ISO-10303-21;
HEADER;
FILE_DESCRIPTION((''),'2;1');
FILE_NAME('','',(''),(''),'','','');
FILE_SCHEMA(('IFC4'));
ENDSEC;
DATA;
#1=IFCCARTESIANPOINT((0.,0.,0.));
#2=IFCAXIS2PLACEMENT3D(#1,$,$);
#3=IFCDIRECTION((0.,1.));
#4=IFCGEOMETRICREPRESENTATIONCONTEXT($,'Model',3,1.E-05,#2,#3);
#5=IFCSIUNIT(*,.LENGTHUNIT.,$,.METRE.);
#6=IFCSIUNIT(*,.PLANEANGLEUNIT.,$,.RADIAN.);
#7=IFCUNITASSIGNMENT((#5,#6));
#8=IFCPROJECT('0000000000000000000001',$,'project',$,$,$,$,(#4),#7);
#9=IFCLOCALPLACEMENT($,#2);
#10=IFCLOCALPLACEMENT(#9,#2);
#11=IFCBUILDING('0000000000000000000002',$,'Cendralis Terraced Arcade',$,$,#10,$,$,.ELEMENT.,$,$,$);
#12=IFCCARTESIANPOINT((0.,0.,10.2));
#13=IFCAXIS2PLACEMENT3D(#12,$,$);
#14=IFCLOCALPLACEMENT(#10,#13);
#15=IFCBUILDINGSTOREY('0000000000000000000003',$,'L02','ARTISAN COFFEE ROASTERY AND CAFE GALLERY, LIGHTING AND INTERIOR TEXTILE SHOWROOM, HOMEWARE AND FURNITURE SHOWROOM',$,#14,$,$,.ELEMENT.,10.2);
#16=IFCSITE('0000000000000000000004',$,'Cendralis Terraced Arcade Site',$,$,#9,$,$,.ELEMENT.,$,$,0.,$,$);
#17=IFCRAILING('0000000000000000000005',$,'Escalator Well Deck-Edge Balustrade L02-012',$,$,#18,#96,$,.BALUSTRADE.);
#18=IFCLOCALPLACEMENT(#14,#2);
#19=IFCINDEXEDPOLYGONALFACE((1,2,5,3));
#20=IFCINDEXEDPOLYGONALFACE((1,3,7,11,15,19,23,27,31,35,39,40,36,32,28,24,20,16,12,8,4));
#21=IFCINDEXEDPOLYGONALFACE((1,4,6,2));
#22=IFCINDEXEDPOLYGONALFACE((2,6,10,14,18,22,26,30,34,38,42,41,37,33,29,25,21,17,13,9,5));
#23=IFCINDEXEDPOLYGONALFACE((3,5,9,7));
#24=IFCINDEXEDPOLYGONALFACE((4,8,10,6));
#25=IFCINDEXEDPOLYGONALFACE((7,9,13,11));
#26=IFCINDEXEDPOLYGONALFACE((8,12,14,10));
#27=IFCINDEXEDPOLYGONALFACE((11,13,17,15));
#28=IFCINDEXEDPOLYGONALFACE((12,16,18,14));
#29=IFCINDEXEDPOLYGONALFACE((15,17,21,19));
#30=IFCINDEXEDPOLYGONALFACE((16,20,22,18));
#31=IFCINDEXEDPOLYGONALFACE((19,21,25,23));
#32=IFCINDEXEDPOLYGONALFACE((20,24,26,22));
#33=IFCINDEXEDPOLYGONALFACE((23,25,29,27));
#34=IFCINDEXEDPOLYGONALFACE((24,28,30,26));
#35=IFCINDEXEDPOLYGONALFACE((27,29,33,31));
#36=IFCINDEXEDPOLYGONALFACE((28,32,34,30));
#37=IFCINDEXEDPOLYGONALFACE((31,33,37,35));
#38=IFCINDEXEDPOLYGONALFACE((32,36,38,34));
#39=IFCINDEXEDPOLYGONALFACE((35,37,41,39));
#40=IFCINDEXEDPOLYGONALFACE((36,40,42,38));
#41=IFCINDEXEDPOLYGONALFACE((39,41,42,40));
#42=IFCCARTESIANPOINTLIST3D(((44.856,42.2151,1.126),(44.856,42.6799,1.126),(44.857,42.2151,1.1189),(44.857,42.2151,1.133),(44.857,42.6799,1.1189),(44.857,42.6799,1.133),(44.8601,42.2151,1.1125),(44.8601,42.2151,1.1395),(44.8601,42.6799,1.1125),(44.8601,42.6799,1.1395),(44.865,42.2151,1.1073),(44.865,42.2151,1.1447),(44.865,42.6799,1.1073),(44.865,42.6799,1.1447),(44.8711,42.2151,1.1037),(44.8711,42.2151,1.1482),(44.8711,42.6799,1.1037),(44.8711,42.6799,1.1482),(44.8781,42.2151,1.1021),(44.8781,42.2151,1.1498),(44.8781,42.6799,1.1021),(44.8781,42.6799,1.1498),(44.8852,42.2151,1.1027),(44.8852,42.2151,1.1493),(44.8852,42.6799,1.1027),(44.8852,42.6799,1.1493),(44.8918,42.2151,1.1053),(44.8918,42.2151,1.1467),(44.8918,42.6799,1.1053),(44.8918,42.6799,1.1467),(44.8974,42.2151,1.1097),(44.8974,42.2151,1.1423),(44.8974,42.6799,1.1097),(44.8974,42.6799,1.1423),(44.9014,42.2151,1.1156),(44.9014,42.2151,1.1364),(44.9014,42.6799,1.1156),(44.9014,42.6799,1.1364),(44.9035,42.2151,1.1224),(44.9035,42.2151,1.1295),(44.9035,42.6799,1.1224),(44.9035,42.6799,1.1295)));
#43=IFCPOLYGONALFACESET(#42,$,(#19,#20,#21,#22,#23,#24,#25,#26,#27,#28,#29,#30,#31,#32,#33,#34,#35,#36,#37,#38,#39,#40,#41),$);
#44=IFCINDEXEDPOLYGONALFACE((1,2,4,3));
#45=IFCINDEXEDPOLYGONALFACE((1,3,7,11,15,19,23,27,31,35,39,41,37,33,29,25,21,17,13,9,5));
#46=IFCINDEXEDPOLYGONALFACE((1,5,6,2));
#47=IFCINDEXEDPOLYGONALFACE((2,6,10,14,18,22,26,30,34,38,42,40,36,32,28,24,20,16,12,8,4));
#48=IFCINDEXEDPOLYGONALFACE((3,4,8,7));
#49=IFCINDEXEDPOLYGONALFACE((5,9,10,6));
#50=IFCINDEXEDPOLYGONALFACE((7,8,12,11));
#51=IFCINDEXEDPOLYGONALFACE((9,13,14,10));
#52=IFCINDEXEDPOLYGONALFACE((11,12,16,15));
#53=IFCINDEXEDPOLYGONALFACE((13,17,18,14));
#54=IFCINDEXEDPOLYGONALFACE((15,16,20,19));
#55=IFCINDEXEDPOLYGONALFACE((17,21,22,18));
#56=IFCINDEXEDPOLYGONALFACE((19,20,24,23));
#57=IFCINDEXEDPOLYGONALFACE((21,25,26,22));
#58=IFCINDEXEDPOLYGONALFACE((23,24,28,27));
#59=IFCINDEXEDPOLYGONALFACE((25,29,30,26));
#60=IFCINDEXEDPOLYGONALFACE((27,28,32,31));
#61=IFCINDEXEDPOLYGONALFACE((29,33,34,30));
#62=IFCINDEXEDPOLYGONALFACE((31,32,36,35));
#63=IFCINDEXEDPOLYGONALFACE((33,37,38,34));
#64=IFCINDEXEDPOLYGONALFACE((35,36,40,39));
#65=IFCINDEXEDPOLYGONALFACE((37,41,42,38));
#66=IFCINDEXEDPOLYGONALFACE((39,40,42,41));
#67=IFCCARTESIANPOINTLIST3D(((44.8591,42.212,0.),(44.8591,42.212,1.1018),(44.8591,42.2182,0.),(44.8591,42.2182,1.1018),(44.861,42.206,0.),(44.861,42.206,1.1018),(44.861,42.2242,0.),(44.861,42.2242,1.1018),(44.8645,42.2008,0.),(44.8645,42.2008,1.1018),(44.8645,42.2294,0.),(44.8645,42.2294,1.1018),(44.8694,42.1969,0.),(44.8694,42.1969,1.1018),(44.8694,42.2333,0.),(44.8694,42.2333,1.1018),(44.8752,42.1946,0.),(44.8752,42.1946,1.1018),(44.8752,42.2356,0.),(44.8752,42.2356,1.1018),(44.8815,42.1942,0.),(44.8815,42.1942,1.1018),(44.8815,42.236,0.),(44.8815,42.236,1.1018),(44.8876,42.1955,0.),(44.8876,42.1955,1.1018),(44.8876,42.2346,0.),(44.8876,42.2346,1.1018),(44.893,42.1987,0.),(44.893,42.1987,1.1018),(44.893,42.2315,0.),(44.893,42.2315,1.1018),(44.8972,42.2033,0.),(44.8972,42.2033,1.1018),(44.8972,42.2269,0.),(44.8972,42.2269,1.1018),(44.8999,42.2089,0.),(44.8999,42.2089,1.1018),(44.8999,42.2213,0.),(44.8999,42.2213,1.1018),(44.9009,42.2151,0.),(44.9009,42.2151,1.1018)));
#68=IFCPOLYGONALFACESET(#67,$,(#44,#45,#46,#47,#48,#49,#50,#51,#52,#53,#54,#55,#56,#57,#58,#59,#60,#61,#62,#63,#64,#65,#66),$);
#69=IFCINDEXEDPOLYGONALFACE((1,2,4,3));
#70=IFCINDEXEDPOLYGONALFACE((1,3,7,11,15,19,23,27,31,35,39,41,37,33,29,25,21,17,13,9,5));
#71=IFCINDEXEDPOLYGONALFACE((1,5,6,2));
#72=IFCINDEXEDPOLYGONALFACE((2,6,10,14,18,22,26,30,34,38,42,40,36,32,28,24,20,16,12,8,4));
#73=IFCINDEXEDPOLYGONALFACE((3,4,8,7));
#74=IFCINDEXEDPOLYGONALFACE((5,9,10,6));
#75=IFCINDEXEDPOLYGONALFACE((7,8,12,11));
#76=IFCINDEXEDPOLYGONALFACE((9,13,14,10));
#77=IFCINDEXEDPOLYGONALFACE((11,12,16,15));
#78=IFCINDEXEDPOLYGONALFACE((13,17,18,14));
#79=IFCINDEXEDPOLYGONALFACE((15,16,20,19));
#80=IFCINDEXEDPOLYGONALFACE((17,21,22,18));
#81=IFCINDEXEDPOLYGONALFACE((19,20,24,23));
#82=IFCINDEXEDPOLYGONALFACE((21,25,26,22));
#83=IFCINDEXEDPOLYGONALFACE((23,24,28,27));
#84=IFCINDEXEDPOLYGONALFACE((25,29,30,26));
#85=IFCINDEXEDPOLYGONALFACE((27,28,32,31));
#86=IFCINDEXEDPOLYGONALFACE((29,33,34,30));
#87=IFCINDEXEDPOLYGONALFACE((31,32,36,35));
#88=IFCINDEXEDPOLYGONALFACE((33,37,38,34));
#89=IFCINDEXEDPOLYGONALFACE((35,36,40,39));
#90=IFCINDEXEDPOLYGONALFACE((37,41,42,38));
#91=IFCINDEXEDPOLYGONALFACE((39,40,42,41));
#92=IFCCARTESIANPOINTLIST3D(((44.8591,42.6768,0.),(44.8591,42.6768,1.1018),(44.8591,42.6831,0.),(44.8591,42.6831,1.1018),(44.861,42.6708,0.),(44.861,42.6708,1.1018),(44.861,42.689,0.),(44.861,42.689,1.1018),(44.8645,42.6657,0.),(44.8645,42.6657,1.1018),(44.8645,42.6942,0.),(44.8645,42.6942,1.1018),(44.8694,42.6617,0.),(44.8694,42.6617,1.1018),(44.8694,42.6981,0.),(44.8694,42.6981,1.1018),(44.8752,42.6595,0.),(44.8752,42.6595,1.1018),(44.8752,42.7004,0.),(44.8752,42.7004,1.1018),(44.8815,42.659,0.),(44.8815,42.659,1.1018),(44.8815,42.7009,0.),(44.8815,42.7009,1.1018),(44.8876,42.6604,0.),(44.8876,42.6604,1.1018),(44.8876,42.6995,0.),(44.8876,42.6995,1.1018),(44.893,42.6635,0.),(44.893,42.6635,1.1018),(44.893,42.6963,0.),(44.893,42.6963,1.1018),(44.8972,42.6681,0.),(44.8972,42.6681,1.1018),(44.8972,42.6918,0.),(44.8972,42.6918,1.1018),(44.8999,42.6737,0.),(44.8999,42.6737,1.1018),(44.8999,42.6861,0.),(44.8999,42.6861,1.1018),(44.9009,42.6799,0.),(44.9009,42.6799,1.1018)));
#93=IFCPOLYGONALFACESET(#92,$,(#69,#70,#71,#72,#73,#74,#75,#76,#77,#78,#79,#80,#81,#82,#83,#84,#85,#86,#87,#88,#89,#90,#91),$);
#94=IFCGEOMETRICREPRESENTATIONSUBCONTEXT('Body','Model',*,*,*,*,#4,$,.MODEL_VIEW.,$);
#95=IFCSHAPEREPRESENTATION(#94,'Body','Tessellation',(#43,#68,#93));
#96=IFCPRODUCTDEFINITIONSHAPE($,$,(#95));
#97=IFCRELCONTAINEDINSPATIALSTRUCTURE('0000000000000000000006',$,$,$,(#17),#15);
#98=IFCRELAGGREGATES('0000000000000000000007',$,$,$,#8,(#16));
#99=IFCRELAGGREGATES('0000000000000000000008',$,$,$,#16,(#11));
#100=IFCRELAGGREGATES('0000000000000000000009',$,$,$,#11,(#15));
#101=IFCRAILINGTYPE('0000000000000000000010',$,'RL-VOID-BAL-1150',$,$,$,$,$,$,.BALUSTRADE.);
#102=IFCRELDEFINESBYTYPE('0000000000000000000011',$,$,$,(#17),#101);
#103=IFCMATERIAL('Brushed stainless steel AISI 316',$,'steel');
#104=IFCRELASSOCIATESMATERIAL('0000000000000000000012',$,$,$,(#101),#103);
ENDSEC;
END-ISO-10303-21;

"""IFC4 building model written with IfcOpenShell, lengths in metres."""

from ifc_helpers import new_model, si_unit, direction, frame, origin, origin_2d, place, context, subcontext, project, spatial, circle, extrude, material, type_object, element, save


model = new_model("IFC4")

# Units and contexts
model_context = context("Model", 3, precision=1e-05, world=origin(), true_north=direction((0.0, 1.0)))
body_context = subcontext(model_context, "Body", "Model", "MODEL_VIEW")
ifc_project = project(units=[si_unit("LENGTHUNIT", "METRE"), si_unit("PLANEANGLEUNIT", "RADIAN")], contexts=[model_context])

# Site, building, storey
site_placement = place(None, origin())
site = spatial("IfcSite", under=ifc_project, at=site_placement, Name="Cendralis Terraced Arcade Site", CompositionType="ELEMENT", RefElevation=0.0)
building_placement = place(site_placement, origin())
building = spatial("IfcBuilding", under=site, at=building_placement, Name="Cendralis Terraced Arcade", CompositionType="ELEMENT")
storey_placement = place(building_placement, frame((0.0, 0.0, 10.2)))
storey = spatial("IfcBuildingStorey", under=building, at=storey_placement, Name="L02", Description="ARTISAN COFFEE ROASTERY AND CAFE GALLERY, LIGHTING AND INTERIOR TEXTILE SHOWROOM, HOMEWARE AND FURNITURE SHOWROOM", CompositionType="ELEMENT", Elevation=10.2)

# Railing
ifc_material_1 = material(Name="Brushed stainless steel AISI 316", Category="steel")
railing_type_1 = type_object("IfcRailingType", Name="RL-VOID-BAL-1150", PredefinedType="BALUSTRADE", material=ifc_material_1)
railing_1_placement = place(storey_placement, frame((44.8799, 42.2151, 0.0)))
element("IfcRailing", 1, at=railing_1_placement, inside=storey, type_object=railing_type_1, Name="Escalator Well Deck-Edge Balustrade L02-012", PredefinedType="BALUSTRADE", context=body_context, shape_type="SweptSolid", body=[
    extrude(circle(Radius=0.0239, at=origin_2d()), frame((0.0, 0.0, 1.126), z_axis=(0.0, 1.0, 0.0), x_axis=(-1.0, 0.0, 0.0)), (0.0, 0.0, 1.0), 0.4648),
    extrude(circle(Radius=0.021, at=origin_2d()), origin(), (0.0, 0.0, 1.0), 1.1018),
    extrude(circle(Radius=0.021, at=origin_2d()), frame((0.0, 0.4648, 0.0)), (0.0, 0.0, 1.0), 1.1018),
])

save(model, "model.ifc")
